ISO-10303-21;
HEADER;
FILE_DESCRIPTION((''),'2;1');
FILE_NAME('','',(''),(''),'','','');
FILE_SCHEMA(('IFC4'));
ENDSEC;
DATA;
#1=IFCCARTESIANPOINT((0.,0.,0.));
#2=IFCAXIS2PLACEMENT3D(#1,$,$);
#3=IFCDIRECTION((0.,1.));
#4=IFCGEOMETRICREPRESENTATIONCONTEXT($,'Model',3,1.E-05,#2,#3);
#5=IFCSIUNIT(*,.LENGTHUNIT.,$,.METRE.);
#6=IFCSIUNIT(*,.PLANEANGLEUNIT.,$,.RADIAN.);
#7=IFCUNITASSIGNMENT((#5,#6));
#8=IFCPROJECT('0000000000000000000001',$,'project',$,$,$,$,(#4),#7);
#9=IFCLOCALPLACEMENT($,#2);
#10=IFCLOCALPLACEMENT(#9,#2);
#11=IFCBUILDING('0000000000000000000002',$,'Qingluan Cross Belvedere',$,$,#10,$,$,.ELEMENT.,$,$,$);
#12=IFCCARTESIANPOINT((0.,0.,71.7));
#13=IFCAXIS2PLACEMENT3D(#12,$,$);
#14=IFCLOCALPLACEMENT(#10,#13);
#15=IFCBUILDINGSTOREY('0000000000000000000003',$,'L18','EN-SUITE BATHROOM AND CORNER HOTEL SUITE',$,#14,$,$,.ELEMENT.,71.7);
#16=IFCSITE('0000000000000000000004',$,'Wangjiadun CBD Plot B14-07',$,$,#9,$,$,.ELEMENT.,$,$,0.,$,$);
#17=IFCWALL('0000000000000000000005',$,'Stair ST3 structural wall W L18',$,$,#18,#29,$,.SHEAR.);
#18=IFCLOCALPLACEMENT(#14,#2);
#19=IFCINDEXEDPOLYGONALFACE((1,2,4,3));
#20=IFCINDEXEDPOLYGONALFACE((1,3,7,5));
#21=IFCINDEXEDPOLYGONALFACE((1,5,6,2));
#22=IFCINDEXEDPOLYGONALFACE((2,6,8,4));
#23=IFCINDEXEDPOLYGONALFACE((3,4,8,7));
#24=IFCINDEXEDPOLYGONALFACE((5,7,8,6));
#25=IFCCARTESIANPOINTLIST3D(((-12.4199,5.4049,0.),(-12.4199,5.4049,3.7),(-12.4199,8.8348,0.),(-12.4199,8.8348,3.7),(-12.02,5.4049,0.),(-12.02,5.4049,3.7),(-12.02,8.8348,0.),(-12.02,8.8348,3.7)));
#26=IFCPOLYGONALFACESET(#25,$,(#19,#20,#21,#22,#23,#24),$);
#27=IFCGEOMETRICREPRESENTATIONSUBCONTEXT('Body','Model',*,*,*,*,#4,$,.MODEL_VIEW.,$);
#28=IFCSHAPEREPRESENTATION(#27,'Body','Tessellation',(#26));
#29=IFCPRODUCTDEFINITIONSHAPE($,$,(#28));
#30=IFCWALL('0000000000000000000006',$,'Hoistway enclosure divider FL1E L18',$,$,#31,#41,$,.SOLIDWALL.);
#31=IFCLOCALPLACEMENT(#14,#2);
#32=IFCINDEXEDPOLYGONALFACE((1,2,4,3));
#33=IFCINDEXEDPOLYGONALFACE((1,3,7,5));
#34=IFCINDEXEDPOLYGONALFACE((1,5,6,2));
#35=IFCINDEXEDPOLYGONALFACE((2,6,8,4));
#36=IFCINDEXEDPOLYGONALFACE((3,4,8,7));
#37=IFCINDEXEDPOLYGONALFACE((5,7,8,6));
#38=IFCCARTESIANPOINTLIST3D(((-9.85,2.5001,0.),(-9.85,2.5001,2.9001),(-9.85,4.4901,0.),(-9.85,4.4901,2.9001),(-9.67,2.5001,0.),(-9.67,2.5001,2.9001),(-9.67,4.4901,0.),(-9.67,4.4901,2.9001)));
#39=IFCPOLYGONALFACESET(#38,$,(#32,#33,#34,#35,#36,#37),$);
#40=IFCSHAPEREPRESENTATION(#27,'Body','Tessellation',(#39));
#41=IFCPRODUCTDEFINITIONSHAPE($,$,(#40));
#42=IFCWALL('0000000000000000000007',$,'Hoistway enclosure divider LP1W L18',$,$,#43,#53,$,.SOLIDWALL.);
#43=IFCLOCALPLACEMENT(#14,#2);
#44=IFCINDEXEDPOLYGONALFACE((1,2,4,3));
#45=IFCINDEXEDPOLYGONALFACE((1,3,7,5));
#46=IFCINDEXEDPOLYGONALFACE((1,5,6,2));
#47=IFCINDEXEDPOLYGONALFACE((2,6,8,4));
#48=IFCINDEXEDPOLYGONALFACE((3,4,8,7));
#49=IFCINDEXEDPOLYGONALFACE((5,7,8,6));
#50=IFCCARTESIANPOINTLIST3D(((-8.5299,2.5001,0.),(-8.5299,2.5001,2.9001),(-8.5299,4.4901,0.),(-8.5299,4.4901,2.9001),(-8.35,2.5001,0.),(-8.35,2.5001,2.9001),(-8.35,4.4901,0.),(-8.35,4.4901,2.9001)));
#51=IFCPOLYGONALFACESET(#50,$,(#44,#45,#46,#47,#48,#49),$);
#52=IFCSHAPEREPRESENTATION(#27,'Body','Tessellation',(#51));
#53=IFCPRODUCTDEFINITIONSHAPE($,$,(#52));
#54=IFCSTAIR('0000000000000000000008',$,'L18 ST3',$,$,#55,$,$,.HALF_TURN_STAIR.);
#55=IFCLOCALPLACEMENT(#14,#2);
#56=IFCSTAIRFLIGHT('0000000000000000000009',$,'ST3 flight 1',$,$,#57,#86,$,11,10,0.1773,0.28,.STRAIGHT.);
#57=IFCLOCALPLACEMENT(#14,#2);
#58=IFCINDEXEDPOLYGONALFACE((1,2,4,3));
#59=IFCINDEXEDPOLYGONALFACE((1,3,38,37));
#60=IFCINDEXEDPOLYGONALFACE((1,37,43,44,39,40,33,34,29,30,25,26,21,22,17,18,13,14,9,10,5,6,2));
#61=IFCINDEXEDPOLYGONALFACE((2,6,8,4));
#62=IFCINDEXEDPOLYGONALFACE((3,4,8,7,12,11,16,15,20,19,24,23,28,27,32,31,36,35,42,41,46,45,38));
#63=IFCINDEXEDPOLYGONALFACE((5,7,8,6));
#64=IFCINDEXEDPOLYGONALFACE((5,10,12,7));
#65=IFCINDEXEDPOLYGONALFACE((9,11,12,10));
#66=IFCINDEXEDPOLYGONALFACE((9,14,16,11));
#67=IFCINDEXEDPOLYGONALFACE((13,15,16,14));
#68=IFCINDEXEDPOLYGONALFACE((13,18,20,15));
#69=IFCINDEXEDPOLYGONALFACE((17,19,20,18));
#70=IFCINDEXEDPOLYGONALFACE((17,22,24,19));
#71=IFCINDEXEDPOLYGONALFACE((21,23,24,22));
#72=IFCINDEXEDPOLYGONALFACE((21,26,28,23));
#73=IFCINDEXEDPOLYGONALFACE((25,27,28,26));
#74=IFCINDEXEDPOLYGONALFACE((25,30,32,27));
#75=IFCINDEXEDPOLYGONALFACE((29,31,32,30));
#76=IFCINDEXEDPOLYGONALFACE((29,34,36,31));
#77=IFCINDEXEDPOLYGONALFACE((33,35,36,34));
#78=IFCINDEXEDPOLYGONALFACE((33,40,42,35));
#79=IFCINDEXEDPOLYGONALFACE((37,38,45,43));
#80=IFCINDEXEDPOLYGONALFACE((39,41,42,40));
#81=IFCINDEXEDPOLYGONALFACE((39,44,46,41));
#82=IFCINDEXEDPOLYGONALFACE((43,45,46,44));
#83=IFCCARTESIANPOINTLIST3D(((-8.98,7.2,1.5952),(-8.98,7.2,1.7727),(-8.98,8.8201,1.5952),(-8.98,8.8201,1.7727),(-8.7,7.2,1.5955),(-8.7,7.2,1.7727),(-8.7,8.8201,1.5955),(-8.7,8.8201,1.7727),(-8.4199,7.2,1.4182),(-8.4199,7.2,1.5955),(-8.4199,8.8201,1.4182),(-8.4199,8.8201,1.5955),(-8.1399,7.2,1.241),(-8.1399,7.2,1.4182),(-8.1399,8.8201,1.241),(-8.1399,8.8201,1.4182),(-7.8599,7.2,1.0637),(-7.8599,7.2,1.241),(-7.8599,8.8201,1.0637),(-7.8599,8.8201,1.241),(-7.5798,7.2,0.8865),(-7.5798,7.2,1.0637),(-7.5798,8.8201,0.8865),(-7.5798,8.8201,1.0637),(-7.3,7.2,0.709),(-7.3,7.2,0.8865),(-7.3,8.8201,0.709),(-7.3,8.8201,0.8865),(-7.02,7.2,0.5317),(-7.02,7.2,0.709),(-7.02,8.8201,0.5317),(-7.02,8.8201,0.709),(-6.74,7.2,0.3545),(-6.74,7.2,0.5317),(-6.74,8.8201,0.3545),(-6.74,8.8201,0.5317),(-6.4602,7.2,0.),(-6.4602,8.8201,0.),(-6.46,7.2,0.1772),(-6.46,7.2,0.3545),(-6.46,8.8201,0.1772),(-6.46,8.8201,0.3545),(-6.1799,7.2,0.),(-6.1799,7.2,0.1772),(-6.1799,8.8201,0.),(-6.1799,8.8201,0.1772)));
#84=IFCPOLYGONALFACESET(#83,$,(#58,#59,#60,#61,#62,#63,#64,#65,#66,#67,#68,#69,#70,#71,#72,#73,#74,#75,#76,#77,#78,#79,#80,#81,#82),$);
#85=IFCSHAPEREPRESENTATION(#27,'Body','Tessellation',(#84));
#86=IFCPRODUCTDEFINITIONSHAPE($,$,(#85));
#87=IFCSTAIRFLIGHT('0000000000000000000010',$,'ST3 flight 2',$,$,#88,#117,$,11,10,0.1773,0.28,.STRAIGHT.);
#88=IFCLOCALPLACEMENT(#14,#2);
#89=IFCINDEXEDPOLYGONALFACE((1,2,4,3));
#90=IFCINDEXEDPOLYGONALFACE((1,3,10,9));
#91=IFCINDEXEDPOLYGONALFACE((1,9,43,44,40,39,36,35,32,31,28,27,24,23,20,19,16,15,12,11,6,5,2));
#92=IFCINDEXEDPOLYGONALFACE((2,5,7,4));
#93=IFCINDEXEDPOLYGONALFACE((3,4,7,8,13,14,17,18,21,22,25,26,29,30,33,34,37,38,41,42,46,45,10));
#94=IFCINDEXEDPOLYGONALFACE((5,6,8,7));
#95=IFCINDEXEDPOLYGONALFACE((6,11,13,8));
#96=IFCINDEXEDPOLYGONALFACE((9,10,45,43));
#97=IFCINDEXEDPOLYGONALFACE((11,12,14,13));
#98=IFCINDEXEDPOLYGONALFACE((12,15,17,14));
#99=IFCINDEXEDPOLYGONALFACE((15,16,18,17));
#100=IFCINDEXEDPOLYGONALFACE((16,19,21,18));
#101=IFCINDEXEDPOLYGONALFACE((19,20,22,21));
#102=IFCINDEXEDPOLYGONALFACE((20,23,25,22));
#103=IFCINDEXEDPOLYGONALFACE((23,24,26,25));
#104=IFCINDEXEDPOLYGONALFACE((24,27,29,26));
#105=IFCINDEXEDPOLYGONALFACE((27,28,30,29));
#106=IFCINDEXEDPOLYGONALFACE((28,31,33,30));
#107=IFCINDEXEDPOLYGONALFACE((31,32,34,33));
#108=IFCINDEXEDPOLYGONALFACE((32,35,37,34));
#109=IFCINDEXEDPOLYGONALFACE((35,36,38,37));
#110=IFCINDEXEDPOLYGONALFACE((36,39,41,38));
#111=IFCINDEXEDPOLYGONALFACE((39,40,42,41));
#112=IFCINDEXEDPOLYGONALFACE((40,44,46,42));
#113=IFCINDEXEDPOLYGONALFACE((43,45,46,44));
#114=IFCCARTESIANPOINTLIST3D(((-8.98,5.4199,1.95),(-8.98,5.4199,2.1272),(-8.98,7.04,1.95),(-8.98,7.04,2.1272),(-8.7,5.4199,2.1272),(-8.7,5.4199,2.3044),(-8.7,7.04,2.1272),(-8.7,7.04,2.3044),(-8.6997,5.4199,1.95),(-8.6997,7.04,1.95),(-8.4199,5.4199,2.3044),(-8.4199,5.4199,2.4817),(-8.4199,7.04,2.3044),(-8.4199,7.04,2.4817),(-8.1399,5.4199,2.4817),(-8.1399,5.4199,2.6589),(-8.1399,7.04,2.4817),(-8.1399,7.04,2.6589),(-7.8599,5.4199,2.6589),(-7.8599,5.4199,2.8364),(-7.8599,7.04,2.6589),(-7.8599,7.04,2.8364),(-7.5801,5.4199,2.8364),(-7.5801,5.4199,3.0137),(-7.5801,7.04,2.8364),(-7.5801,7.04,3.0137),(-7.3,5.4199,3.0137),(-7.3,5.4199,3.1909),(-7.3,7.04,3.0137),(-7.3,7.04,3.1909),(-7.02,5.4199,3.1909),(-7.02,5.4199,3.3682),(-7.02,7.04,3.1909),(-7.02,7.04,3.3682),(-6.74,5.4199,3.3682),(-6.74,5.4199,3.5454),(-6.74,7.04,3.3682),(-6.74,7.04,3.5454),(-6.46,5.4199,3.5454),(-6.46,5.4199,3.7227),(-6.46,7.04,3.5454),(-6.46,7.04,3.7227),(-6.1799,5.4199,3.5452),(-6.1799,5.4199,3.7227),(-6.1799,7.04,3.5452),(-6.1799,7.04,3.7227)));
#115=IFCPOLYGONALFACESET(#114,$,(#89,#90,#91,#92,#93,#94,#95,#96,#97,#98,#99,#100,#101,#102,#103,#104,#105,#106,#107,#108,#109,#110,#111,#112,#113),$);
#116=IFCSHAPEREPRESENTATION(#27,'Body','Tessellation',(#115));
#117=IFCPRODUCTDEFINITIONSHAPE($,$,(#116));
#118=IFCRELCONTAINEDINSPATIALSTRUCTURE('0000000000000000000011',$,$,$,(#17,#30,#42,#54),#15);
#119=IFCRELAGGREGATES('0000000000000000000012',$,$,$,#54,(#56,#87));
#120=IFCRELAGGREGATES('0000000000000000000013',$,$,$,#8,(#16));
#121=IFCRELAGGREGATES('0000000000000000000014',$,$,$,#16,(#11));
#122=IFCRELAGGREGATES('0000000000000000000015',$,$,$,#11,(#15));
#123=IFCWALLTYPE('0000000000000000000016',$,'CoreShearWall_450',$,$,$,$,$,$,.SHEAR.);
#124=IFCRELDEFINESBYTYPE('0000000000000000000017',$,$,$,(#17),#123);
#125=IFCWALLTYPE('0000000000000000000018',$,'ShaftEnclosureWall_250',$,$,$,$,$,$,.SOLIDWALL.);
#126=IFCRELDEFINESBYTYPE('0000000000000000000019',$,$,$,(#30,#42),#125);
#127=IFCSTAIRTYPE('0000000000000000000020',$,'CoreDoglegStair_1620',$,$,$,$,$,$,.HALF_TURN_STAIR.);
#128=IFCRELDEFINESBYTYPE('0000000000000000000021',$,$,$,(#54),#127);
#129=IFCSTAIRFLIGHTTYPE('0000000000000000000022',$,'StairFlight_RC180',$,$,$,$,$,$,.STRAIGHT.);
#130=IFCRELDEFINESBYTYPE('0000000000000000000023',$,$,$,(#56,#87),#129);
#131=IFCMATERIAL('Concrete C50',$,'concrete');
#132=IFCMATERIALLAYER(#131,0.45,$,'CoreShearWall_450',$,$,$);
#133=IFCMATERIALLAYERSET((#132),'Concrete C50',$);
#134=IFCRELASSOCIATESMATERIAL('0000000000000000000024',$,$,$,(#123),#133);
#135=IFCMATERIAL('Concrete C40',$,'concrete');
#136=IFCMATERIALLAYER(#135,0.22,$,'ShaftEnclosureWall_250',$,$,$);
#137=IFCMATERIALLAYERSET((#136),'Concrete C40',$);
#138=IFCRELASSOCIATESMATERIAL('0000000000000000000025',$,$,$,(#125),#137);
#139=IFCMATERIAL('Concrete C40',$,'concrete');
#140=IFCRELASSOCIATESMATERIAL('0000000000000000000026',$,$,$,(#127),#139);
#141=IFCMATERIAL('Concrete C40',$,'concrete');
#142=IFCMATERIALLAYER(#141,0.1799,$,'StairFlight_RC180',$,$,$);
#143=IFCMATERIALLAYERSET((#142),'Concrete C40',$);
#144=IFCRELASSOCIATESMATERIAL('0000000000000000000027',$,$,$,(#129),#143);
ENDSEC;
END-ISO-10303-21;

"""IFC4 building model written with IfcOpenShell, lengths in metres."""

from ifc_helpers import new_model, si_unit, direction, frame, frame_2d, origin, place, context, subcontext, project, spatial, polyline, rectangle, outline, extrude, material, layer, layer_set, type_object, element, aggregate, save


model = new_model("IFC4")

# Units and contexts
model_context = context("Model", 3, precision=1e-05, world=origin(), true_north=direction((0.0, 1.0)))
body_context = subcontext(model_context, "Body", "Model", "MODEL_VIEW")
ifc_project = project(units=[si_unit("LENGTHUNIT", "METRE"), si_unit("PLANEANGLEUNIT", "RADIAN")], contexts=[model_context])

# Site, building, storey
site_placement = place(None, origin())
site = spatial("IfcSite", under=ifc_project, at=site_placement, Name="Wangjiadun CBD Plot B14-07", CompositionType="ELEMENT", RefElevation=0.0)
building_placement = place(site_placement, origin())
building = spatial("IfcBuilding", under=site, at=building_placement, Name="Qingluan Cross Belvedere", CompositionType="ELEMENT")
storey_placement = place(building_placement, frame((0.0, 0.0, 71.7)))
storey = spatial("IfcBuildingStorey", under=building, at=storey_placement, Name="L18", Description="EN-SUITE BATHROOM AND CORNER HOTEL SUITE", CompositionType="ELEMENT", Elevation=71.7)

# Wall
ifc_material_1 = material(Name="Concrete C50", Category="concrete")
ifc_layer_1 = layer(ifc_material_1, 0.45, Name="CoreShearWall_450")
ifc_layer_set_1 = layer_set([ifc_layer_1], Name="Concrete C50")
wall_type_1 = type_object("IfcWallType", Name="CoreShearWall_450", PredefinedType="SHEAR", material=ifc_layer_set_1)
wall_1_placement = place(storey_placement, frame((-12.22, 5.405, 0.0), z_axis=(0.0, 0.0, 1.0), x_axis=(0.0, 1.0, 0.0)))
element("IfcWall", 1, at=wall_1_placement, inside=storey, type_object=wall_type_1, Name="Stair ST3 structural wall W L18", PredefinedType="SHEAR", context=body_context, shape_type="SweptSolid", body=[
    extrude(rectangle(XDim=3.4299, YDim=0.3999, at=frame_2d((1.7148, 0.0))), origin(), (0.0, 0.0, 1.0), 3.7),
])

# Shared definitions
ifc_material_2 = material(Name="Concrete C40", Category="concrete")
ifc_layer_2 = layer(ifc_material_2, 0.22, Name="ShaftEnclosureWall_250")
ifc_layer_set_2 = layer_set([ifc_layer_2], Name="Concrete C40")
wall_type_2 = type_object("IfcWallType", Name="ShaftEnclosureWall_250", PredefinedType="SOLIDWALL", material=ifc_layer_set_2)

# Walls
for number, where, z_axis, x_axis, name in (
    (2, (-9.76, 2.5, 0.0), (0.0, 0.0, 1.0), (0.0, 1.0, 0.0), "Hoistway enclosure divider FL1E L18"),
    (3, (-8.4399, 2.5, 0.0), (0.0, 0.0, 1.0), (0.0, 1.0, 0.0), "Hoistway enclosure divider LP1W L18"),
):
    element("IfcWall", number, at=place(storey_placement, frame(where, z_axis=z_axis, x_axis=x_axis)), inside=storey, type_object=wall_type_2, Name=name, PredefinedType="SOLIDWALL", context=body_context, shape_type="SweptSolid", body=[
        extrude(rectangle(XDim=1.99, YDim=0.1799, at=frame_2d((0.9951, 0.0))), origin(), (0.0, 0.0, 1.0), 2.9001),
    ])

# Stair, stair flights
ifc_material_3 = material(Name="Concrete C40", Category="concrete")
stair_type = type_object("IfcStairType", Name="CoreDoglegStair_1620", PredefinedType="HALF_TURN_STAIR", material=ifc_material_3)
stair_placement = place(storey_placement, origin())
stair = element("IfcStair", 4, at=stair_placement, inside=storey, type_object=stair_type, Name="L18 ST3", PredefinedType="HALF_TURN_STAIR")
ifc_material_4 = material(Name="Concrete C40", Category="concrete")
ifc_layer_3 = layer(ifc_material_4, 0.1799, Name="StairFlight_RC180")
ifc_layer_set_3 = layer_set([ifc_layer_3], Name="Concrete C40")
stair_flight_type = type_object("IfcStairFlightType", Name="StairFlight_RC180", PredefinedType="STRAIGHT", material=ifc_layer_set_3)
stair_flight_1_placement = place(storey_placement, frame((-6.1799, 8.01, 0.0), z_axis=(0.0, 0.0, 1.0), x_axis=(-1.0, 0.0, 0.0)))
stair_flight_1 = element("IfcStairFlight", 5, at=stair_flight_1_placement, type_object=stair_flight_type, Name="ST3 flight 1", NumberOfRisers=11, NumberOfTreads=10, PredefinedType="STRAIGHT", RiserHeight=0.1773, TreadLength=0.28, context=body_context, shape_type="SweptSolid", body=[
    extrude(outline(polyline([(0.0, 0.0), (0.0, 0.1772), (0.28, 0.1772), (0.28, 0.3545), (0.5601, 0.3545), (0.5601, 0.5317), (0.8401, 0.5317), (0.8401, 0.709), (1.1201, 0.709), (1.1201, 0.8865), (1.3999, 0.8865), (1.3999, 1.0637), (1.6799, 1.0637), (1.6799, 1.241), (1.96, 1.241), (1.96, 1.4182), (2.24, 1.4182), (2.24, 1.5955), (2.52, 1.5955), (2.52, 1.7727), (2.8, 1.7727), (2.8, 1.95), (2.8, 1.5952), (0.2803, 0.0), (0.0, 0.0)])), frame((0.0, 0.8101, 0.0), z_axis=(0.0, -1.0, 0.0), x_axis=(1.0, 0.0, 0.0)), (0.0, 0.0, 1.0), 1.6201),
])
stair_flight_2_placement = place(storey_placement, frame((-8.98, 6.23, 1.95), z_axis=(0.0, 0.0, 1.0), x_axis=(1.0, 0.0, 0.0)))
stair_flight_2 = element("IfcStairFlight", 6, at=stair_flight_2_placement, type_object=stair_flight_type, Name="ST3 flight 2", NumberOfRisers=11, NumberOfTreads=10, PredefinedType="STRAIGHT", RiserHeight=0.1773, TreadLength=0.28, context=body_context, shape_type="SweptSolid", body=[
    extrude(outline(polyline([(0.0, 0.0), (0.0, 0.1772), (0.28, 0.1772), (0.28, 0.3545), (0.5601, 0.3545), (0.5601, 0.5317), (0.8401, 0.5317), (0.8401, 0.709), (1.1201, 0.709), (1.1201, 0.8865), (1.3999, 0.8865), (1.3999, 1.0637), (1.6799, 1.0637), (1.6799, 1.241), (1.96, 1.241), (1.96, 1.4182), (2.24, 1.4182), (2.24, 1.5955), (2.52, 1.5955), (2.52, 1.7727), (2.8, 1.7727), (2.8, 1.95), (2.8, 1.5952), (0.2803, 0.0), (0.0, 0.0)])), frame((0.0, 0.8101, 0.0), z_axis=(0.0, -1.0, 0.0), x_axis=(1.0, 0.0, 0.0)), (0.0, 0.0, 1.0), 1.6201),
])
aggregate(stair, [stair_flight_1, stair_flight_2])

save(model, "model.ifc")
